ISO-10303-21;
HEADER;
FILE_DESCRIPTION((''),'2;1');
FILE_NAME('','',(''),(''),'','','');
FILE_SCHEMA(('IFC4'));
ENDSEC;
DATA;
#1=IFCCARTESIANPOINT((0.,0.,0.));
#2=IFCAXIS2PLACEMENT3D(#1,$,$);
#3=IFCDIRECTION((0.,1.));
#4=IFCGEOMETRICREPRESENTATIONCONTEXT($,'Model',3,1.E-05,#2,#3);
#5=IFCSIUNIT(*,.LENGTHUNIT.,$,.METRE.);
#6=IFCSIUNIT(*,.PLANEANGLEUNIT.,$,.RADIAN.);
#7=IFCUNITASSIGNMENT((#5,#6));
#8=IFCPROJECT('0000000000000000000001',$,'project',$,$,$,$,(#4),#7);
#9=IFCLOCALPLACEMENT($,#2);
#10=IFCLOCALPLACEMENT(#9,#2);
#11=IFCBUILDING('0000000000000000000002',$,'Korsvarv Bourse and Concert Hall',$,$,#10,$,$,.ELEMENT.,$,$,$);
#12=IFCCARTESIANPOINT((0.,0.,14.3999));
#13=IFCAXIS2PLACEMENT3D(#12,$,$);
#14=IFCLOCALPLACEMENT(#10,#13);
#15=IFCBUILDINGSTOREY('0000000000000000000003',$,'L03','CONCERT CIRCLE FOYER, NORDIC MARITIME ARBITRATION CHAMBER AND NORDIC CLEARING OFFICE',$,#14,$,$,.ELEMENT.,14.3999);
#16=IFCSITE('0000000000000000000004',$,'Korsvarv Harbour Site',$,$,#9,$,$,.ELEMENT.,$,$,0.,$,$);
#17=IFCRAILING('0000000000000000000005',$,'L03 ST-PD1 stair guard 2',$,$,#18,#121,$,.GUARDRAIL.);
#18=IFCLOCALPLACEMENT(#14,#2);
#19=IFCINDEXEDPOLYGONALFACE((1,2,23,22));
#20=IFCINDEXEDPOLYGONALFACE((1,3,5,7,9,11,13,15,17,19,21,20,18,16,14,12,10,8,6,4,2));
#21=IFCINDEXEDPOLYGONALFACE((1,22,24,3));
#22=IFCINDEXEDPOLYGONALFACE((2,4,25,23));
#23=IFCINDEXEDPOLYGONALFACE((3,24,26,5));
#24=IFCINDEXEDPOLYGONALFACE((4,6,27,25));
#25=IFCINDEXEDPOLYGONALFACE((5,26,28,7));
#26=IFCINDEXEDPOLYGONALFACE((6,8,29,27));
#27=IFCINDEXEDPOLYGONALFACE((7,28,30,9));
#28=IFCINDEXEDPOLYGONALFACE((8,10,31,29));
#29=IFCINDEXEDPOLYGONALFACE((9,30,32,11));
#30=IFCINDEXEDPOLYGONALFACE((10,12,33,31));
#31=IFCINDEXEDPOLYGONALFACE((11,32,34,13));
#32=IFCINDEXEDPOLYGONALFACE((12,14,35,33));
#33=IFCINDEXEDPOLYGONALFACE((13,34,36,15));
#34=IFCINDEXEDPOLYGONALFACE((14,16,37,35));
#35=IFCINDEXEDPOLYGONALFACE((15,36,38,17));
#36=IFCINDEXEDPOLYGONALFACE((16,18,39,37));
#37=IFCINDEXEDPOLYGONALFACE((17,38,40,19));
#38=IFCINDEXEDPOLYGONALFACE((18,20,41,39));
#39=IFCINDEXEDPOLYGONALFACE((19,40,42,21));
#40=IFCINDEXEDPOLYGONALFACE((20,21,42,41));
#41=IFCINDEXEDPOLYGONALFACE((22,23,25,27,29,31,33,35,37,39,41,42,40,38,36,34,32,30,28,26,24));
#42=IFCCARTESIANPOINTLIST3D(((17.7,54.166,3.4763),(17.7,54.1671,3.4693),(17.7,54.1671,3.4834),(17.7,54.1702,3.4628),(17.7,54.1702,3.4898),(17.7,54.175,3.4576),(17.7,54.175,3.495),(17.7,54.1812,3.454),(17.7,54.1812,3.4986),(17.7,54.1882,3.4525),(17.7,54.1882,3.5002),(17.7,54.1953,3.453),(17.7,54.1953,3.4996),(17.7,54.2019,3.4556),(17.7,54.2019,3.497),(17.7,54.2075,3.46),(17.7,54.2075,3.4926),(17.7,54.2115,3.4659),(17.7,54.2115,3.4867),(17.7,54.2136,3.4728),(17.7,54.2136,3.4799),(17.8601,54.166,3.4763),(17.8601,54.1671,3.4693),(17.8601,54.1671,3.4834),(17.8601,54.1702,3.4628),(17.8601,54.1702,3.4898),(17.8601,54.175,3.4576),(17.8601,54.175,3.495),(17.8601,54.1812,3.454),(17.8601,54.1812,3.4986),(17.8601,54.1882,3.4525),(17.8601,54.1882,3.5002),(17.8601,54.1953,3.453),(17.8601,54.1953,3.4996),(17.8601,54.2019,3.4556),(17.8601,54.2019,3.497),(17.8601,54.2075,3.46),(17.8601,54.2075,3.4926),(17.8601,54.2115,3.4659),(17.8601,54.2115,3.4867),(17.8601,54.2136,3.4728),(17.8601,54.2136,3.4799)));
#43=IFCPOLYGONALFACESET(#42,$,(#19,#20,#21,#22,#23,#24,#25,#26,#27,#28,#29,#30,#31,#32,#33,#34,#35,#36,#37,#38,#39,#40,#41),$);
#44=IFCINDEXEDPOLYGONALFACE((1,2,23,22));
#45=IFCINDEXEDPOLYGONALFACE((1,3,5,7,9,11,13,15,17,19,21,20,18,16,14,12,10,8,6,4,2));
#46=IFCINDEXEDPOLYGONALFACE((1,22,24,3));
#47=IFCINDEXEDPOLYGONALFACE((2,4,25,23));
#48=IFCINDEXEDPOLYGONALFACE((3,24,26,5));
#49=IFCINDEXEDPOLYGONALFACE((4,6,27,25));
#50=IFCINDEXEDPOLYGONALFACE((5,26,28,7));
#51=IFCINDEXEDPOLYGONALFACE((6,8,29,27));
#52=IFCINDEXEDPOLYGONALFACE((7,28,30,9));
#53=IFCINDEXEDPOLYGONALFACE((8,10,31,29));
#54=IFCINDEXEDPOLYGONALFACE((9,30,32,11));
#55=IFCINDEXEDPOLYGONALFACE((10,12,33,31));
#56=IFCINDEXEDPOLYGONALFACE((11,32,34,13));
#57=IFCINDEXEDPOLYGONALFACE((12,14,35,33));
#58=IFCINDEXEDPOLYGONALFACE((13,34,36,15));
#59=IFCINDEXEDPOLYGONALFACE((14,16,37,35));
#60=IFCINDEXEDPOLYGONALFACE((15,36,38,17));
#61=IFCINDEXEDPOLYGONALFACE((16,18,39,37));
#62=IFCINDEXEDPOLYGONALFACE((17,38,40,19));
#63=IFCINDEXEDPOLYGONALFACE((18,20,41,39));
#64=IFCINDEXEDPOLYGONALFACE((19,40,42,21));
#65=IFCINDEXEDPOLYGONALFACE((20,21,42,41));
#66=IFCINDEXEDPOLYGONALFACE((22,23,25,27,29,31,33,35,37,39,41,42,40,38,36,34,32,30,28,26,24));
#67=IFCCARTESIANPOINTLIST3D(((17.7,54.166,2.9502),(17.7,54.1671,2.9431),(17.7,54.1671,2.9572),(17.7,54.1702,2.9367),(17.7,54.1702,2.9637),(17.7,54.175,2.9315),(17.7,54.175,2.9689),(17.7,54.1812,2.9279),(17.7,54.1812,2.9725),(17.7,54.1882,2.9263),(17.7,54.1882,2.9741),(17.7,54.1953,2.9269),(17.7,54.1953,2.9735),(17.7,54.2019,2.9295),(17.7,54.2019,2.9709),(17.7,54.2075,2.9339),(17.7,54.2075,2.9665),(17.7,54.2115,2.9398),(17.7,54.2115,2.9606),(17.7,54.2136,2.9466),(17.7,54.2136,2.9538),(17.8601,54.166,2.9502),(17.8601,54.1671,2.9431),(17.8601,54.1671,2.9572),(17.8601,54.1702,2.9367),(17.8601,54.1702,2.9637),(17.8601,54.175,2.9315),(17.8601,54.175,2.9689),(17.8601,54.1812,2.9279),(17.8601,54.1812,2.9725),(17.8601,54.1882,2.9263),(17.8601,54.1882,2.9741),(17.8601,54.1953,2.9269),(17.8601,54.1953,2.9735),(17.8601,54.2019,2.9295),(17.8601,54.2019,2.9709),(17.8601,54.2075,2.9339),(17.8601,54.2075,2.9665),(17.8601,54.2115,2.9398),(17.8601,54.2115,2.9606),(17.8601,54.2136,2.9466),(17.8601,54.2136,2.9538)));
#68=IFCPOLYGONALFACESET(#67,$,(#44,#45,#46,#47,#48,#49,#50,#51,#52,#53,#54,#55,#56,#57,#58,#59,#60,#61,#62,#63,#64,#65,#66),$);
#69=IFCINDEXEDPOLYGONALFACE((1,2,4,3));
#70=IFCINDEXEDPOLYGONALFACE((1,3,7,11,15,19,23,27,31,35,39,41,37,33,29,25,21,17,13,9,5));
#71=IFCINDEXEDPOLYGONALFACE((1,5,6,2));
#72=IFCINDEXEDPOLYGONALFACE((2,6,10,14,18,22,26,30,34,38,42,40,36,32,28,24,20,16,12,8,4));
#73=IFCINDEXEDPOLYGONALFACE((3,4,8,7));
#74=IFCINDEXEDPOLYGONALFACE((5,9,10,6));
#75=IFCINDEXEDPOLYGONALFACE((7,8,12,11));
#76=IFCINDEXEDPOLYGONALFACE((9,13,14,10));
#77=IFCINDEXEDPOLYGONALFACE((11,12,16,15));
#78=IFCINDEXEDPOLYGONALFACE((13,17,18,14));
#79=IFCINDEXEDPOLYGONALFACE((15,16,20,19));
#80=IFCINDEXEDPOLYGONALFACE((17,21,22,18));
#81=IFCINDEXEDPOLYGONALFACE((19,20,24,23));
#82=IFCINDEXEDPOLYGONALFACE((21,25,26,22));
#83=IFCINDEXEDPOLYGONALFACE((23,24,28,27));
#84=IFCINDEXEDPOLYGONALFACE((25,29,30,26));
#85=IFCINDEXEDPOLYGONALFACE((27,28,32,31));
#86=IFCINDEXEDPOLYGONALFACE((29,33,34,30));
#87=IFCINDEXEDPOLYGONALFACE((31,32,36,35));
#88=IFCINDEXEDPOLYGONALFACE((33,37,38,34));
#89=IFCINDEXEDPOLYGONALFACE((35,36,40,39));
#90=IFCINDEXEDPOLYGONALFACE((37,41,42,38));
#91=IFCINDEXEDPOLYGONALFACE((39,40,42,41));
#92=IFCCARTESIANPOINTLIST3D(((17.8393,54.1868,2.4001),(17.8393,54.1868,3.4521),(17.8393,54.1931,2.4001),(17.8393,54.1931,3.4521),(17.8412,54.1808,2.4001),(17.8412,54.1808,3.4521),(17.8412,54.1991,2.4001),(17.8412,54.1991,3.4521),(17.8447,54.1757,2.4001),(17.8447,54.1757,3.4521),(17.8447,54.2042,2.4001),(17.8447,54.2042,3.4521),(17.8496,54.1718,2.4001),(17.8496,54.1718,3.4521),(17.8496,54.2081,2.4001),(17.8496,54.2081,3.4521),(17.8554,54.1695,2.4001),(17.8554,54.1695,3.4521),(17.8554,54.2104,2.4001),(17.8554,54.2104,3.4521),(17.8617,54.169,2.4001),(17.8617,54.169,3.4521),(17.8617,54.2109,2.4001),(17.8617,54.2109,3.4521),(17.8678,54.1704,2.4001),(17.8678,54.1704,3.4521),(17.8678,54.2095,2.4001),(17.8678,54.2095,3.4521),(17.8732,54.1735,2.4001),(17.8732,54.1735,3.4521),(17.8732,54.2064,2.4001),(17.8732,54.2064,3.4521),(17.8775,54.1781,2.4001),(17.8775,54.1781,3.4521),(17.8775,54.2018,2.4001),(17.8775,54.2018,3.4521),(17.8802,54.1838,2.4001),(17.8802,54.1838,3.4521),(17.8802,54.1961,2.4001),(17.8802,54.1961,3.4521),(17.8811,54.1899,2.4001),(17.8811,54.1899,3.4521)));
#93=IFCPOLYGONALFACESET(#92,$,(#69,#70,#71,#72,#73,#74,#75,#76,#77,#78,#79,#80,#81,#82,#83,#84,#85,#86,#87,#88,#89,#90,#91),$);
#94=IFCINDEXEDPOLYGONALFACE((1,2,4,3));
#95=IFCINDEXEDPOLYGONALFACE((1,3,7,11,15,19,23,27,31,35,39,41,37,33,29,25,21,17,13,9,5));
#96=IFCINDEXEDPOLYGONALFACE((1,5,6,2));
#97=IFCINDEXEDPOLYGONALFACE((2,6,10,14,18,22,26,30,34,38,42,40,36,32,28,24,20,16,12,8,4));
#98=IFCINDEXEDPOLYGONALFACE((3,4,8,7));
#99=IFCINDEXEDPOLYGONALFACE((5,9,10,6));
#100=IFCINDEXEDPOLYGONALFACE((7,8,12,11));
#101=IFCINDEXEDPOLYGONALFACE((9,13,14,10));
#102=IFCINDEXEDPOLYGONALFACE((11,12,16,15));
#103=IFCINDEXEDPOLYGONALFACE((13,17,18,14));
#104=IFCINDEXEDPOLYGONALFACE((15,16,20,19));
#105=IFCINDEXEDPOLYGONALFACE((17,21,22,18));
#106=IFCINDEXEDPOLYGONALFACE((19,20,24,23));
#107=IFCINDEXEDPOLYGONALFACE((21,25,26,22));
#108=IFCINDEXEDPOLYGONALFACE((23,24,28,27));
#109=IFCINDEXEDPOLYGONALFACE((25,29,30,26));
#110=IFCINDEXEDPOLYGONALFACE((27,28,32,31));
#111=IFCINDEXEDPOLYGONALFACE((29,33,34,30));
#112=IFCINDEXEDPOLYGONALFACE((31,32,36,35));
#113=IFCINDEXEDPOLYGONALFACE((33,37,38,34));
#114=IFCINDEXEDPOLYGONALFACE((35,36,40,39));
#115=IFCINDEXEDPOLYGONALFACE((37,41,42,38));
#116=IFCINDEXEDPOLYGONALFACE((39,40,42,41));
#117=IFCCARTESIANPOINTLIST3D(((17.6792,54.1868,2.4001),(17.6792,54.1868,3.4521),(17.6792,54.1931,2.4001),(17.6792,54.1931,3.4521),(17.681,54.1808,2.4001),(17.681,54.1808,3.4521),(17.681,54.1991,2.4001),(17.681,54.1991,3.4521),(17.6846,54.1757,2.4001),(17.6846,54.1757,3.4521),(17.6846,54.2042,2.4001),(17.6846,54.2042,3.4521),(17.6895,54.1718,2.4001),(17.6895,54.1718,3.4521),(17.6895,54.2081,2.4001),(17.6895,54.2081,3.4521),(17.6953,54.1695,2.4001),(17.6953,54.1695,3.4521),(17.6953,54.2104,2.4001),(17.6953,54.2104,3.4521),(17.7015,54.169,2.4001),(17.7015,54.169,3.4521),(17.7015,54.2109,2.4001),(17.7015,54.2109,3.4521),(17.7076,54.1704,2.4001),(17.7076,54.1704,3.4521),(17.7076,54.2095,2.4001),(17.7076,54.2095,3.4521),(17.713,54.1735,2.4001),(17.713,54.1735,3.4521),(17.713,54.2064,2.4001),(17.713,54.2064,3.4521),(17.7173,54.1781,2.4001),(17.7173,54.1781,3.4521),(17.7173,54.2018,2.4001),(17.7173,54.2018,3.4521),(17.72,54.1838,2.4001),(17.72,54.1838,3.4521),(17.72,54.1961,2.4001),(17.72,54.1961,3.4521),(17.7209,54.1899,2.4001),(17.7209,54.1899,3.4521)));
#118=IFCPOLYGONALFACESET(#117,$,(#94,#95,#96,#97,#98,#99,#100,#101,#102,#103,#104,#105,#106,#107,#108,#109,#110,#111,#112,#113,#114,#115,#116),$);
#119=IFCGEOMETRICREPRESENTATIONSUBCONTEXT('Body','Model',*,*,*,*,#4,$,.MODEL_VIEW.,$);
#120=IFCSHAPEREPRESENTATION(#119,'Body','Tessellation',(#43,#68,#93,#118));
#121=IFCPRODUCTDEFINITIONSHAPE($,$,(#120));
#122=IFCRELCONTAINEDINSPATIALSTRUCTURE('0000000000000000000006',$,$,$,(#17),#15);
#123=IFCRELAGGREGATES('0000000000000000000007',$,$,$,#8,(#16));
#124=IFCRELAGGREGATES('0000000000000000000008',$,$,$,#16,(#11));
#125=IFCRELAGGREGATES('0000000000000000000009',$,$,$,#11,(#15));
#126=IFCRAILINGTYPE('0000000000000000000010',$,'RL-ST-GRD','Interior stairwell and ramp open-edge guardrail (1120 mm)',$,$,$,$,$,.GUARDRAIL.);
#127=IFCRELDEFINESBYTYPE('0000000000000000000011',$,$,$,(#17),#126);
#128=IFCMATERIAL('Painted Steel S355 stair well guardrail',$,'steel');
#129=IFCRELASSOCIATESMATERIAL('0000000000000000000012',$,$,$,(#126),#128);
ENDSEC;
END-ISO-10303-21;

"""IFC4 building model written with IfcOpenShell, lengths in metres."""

from ifc_helpers import new_model, si_unit, direction, frame, origin, origin_2d, place, context, subcontext, project, spatial, circle, extrude, material, type_object, element, save


model = new_model("IFC4")

# Units and contexts
model_context = context("Model", 3, precision=1e-05, world=origin(), true_north=direction((0.0, 1.0)))
body_context = subcontext(model_context, "Body", "Model", "MODEL_VIEW")
ifc_project = project(units=[si_unit("LENGTHUNIT", "METRE"), si_unit("PLANEANGLEUNIT", "RADIAN")], contexts=[model_context])

# Site, building, storey
site_placement = place(None, origin())
site = spatial("IfcSite", under=ifc_project, at=site_placement, Name="Korsvarv Harbour Site", CompositionType="ELEMENT", RefElevation=0.0)
building_placement = place(site_placement, origin())
building = spatial("IfcBuilding", under=site, at=building_placement, Name="Korsvarv Bourse and Concert Hall", CompositionType="ELEMENT")
storey_placement = place(building_placement, frame((0.0, 0.0, 14.3999)))
storey = spatial("IfcBuildingStorey", under=building, at=storey_placement, Name="L03", Description="CONCERT CIRCLE FOYER, NORDIC MARITIME ARBITRATION CHAMBER AND NORDIC CLEARING OFFICE", CompositionType="ELEMENT", Elevation=14.3999)

# Railing
ifc_material_1 = material(Name="Painted Steel S355 stair well guardrail", Category="steel")
railing_type_1 = type_object("IfcRailingType", Name="RL-ST-GRD", Description="Interior stairwell and ramp open-edge guardrail (1120 mm)", PredefinedType="GUARDRAIL", material=ifc_material_1)
railing_1_placement = place(storey_placement, frame((17.8601, 54.1899, 2.4001)))
element("IfcRailing", 1, at=railing_1_placement, inside=storey, type_object=railing_type_1, Name="L03 ST-PD1 stair guard 2", PredefinedType="GUARDRAIL", context=body_context, shape_type="SweptSolid", body=[
    extrude(circle(Radius=0.0239, at=origin_2d()), frame((0.0, 0.0, 1.0762), z_axis=(-1.0, 0.0, 0.0), x_axis=(0.0, -1.0, 0.0)), (0.0, 0.0, 1.0), 0.1602),
    extrude(circle(Radius=0.0239, at=origin_2d()), frame((0.0, 0.0, 0.55), z_axis=(-1.0, 0.0, 0.0), x_axis=(0.0, -1.0, 0.0)), (0.0, 0.0, 1.0), 0.1602),
    extrude(circle(Radius=0.021, at=origin_2d()), origin(), (0.0, 0.0, 1.0), 1.052),
    extrude(circle(Radius=0.021, at=origin_2d()), frame((-0.1602, 0.0, 0.0)), (0.0, 0.0, 1.0), 1.052),
])

save(model, "model.ifc")
